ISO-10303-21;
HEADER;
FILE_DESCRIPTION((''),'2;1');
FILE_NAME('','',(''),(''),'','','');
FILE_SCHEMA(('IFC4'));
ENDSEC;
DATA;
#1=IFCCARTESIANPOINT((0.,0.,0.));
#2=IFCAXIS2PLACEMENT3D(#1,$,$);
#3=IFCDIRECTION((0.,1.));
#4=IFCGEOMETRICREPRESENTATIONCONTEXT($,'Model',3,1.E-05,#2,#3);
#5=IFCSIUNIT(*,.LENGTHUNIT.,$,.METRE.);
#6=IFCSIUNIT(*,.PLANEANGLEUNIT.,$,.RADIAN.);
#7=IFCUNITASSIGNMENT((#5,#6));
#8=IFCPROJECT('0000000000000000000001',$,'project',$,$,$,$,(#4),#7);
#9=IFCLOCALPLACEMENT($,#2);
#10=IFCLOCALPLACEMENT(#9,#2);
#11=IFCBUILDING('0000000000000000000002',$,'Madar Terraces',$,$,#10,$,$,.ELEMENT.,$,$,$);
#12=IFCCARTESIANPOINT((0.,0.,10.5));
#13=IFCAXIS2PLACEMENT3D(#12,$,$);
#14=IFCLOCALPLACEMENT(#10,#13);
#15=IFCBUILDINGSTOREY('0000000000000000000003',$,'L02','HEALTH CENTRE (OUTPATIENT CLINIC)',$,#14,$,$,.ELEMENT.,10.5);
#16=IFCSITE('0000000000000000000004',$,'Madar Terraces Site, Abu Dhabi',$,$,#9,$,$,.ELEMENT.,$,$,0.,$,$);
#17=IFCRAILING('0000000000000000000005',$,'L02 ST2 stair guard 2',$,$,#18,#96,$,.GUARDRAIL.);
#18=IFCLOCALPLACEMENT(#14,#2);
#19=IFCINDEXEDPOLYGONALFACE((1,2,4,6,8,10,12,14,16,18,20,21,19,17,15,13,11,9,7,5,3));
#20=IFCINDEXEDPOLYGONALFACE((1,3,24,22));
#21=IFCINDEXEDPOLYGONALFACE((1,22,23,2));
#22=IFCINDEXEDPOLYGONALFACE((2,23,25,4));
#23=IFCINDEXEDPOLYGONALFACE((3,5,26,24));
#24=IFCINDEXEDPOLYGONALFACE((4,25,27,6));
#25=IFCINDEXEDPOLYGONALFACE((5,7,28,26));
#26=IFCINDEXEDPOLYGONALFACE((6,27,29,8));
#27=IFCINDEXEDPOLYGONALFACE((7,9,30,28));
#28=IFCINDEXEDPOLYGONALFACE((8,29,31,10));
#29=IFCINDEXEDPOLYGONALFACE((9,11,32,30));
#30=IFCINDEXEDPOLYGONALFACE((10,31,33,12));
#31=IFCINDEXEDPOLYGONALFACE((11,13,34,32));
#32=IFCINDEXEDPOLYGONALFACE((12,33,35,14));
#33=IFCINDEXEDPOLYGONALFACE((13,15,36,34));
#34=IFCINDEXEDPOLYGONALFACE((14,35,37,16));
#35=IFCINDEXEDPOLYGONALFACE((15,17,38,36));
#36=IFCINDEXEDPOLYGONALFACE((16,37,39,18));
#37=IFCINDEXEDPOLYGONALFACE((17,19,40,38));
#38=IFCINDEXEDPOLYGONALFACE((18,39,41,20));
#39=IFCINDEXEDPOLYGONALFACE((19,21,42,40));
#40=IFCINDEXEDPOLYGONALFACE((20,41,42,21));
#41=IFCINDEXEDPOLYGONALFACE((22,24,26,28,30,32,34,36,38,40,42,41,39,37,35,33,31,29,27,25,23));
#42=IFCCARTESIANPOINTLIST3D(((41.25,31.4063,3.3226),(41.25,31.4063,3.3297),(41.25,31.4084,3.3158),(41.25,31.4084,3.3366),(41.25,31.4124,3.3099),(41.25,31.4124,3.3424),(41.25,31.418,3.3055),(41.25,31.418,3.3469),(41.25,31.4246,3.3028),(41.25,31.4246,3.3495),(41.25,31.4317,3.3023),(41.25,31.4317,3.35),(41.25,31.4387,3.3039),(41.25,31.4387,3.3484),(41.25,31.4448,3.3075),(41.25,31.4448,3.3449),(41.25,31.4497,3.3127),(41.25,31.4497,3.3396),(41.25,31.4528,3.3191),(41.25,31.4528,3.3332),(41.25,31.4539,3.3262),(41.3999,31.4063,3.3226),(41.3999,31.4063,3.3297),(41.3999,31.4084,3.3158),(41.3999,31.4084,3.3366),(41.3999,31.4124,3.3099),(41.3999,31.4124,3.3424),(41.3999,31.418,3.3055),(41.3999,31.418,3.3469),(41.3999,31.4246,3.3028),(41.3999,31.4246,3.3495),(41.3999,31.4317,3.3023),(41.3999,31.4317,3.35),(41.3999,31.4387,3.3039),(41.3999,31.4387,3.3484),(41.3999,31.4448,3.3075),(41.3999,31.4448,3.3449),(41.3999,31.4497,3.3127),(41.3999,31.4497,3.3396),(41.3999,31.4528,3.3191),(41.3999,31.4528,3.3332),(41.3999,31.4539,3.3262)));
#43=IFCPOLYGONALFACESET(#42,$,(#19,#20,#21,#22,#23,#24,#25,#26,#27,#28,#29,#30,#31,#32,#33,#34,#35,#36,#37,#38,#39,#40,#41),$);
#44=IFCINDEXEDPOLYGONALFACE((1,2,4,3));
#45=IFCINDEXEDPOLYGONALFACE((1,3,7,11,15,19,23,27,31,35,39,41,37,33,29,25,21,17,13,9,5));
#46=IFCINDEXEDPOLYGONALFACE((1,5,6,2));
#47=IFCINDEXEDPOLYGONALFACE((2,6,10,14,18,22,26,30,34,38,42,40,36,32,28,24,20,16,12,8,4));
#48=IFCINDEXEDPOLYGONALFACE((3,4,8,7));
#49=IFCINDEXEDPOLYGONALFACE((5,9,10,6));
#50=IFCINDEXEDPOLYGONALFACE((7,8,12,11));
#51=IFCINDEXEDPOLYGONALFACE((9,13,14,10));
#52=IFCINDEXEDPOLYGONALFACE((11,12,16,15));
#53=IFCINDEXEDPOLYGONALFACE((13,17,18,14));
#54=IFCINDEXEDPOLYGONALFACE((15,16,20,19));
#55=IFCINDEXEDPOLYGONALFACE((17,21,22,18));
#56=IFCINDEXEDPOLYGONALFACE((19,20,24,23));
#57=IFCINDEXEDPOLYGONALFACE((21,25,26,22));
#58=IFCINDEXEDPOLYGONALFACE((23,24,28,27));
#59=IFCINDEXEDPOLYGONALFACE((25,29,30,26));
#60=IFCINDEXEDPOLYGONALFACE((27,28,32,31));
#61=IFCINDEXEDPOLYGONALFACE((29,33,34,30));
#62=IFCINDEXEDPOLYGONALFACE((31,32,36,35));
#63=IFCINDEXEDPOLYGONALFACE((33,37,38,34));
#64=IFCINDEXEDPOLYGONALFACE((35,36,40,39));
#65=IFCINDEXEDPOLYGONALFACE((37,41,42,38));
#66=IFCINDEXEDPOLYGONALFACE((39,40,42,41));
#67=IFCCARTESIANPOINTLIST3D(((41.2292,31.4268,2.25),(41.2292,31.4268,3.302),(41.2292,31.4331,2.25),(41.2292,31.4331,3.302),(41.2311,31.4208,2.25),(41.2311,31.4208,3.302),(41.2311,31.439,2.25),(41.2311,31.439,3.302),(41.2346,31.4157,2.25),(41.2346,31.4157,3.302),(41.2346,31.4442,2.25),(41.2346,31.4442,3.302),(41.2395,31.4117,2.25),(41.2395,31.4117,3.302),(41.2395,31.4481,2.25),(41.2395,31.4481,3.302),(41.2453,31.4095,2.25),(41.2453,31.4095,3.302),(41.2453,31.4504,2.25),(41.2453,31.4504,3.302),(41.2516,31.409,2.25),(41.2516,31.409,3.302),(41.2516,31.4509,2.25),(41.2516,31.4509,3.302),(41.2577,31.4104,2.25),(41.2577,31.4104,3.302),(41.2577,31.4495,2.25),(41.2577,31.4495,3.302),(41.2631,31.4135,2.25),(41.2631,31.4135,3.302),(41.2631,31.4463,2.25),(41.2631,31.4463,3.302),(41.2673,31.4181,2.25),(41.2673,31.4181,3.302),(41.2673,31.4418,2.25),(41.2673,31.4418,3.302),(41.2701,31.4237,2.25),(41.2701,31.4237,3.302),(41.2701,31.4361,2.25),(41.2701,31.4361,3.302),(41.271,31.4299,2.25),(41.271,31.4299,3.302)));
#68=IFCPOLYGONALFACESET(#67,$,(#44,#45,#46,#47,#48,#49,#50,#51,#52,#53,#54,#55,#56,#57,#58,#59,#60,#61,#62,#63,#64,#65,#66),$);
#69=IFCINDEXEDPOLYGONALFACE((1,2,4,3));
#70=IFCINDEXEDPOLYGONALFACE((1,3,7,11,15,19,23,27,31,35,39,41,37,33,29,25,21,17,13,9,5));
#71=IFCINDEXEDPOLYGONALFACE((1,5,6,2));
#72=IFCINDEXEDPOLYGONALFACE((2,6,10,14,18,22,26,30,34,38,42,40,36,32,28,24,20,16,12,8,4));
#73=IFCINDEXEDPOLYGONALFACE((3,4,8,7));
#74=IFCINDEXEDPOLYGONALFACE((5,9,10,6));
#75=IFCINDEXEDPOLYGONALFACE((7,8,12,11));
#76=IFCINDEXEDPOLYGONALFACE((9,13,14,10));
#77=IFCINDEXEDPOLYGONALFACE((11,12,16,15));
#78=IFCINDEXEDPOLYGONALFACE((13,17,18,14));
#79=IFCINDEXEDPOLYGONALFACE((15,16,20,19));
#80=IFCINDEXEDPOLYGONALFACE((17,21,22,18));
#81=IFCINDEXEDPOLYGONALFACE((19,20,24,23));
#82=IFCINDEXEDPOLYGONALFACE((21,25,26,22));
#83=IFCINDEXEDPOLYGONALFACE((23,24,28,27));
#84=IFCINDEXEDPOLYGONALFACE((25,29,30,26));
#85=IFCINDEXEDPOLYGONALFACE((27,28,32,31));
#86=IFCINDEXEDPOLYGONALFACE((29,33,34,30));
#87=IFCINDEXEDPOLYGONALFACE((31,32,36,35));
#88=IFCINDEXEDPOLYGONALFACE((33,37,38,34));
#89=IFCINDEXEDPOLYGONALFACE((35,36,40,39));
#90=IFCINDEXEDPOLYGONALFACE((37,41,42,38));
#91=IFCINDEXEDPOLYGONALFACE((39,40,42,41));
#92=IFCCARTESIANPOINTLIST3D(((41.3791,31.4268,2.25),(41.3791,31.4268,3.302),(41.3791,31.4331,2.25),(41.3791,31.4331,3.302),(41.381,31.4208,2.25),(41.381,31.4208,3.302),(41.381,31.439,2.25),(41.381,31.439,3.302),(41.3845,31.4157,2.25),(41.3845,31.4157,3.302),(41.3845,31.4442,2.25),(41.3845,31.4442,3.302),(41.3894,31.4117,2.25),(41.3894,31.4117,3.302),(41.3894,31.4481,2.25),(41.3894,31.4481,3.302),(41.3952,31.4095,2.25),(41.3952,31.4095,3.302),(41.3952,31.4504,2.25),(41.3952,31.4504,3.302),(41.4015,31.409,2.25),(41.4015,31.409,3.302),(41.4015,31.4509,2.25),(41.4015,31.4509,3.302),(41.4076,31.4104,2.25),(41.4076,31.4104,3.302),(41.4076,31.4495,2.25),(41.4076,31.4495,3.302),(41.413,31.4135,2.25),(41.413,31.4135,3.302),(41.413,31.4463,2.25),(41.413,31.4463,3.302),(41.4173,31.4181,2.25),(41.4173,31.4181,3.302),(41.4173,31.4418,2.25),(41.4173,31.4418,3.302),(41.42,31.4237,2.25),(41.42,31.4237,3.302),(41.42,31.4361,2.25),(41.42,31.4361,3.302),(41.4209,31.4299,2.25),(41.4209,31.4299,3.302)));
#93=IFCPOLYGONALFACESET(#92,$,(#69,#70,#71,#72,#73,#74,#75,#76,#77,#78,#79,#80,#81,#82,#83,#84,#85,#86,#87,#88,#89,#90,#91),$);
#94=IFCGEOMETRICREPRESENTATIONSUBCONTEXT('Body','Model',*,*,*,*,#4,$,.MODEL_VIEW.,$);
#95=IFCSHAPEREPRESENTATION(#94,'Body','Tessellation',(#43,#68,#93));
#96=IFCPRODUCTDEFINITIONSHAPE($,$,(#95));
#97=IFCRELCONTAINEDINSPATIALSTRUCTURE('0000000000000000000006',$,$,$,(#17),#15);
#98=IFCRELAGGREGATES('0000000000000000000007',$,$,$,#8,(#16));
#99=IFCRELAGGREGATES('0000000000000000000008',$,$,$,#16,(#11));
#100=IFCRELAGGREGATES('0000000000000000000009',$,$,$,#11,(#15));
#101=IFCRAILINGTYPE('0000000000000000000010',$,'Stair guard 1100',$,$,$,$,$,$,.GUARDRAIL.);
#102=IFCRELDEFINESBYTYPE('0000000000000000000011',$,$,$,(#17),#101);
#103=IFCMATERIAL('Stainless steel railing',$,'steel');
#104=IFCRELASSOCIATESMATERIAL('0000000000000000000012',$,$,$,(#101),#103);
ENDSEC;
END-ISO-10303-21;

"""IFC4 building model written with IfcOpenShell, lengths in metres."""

from ifc_helpers import new_model, si_unit, direction, frame, origin, origin_2d, place, context, subcontext, project, spatial, circle, extrude, material, type_object, element, save


model = new_model("IFC4")

# Units and contexts
model_context = context("Model", 3, precision=1e-05, world=origin(), true_north=direction((0.0, 1.0)))
body_context = subcontext(model_context, "Body", "Model", "MODEL_VIEW")
ifc_project = project(units=[si_unit("LENGTHUNIT", "METRE"), si_unit("PLANEANGLEUNIT", "RADIAN")], contexts=[model_context])

# Site, building, storey
site_placement = place(None, origin())
site = spatial("IfcSite", under=ifc_project, at=site_placement, Name="Madar Terraces Site, Abu Dhabi", CompositionType="ELEMENT", RefElevation=0.0)
building_placement = place(site_placement, origin())
building = spatial("IfcBuilding", under=site, at=building_placement, Name="Madar Terraces", CompositionType="ELEMENT")
storey_placement = place(building_placement, frame((0.0, 0.0, 10.5)))
storey = spatial("IfcBuildingStorey", under=building, at=storey_placement, Name="L02", Description="HEALTH CENTRE (OUTPATIENT CLINIC)", CompositionType="ELEMENT", Elevation=10.5)

# Railing
ifc_material_1 = material(Name="Stainless steel railing", Category="steel")
railing_type_1 = type_object("IfcRailingType", Name="Stair guard 1100", PredefinedType="GUARDRAIL", material=ifc_material_1)
railing_1_placement = place(storey_placement, frame((41.25, 31.4299, 2.25)))
element("IfcRailing", 1, at=railing_1_placement, inside=storey, type_object=railing_type_1, Name="L02 ST2 stair guard 2", PredefinedType="GUARDRAIL", context=body_context, shape_type="SweptSolid", body=[
    extrude(circle(Radius=0.0239, at=origin_2d()), frame((0.0, 0.0, 1.0762), z_axis=(1.0, 0.0, 0.0), x_axis=(0.0, 1.0, 0.0)), (0.0, 0.0, 1.0), 0.1499),
    extrude(circle(Radius=0.021, at=origin_2d()), origin(), (0.0, 0.0, 1.0), 1.052),
    extrude(circle(Radius=0.021, at=origin_2d()), frame((0.1499, 0.0, 0.0)), (0.0, 0.0, 1.0), 1.052),
])

save(model, "model.ifc")
